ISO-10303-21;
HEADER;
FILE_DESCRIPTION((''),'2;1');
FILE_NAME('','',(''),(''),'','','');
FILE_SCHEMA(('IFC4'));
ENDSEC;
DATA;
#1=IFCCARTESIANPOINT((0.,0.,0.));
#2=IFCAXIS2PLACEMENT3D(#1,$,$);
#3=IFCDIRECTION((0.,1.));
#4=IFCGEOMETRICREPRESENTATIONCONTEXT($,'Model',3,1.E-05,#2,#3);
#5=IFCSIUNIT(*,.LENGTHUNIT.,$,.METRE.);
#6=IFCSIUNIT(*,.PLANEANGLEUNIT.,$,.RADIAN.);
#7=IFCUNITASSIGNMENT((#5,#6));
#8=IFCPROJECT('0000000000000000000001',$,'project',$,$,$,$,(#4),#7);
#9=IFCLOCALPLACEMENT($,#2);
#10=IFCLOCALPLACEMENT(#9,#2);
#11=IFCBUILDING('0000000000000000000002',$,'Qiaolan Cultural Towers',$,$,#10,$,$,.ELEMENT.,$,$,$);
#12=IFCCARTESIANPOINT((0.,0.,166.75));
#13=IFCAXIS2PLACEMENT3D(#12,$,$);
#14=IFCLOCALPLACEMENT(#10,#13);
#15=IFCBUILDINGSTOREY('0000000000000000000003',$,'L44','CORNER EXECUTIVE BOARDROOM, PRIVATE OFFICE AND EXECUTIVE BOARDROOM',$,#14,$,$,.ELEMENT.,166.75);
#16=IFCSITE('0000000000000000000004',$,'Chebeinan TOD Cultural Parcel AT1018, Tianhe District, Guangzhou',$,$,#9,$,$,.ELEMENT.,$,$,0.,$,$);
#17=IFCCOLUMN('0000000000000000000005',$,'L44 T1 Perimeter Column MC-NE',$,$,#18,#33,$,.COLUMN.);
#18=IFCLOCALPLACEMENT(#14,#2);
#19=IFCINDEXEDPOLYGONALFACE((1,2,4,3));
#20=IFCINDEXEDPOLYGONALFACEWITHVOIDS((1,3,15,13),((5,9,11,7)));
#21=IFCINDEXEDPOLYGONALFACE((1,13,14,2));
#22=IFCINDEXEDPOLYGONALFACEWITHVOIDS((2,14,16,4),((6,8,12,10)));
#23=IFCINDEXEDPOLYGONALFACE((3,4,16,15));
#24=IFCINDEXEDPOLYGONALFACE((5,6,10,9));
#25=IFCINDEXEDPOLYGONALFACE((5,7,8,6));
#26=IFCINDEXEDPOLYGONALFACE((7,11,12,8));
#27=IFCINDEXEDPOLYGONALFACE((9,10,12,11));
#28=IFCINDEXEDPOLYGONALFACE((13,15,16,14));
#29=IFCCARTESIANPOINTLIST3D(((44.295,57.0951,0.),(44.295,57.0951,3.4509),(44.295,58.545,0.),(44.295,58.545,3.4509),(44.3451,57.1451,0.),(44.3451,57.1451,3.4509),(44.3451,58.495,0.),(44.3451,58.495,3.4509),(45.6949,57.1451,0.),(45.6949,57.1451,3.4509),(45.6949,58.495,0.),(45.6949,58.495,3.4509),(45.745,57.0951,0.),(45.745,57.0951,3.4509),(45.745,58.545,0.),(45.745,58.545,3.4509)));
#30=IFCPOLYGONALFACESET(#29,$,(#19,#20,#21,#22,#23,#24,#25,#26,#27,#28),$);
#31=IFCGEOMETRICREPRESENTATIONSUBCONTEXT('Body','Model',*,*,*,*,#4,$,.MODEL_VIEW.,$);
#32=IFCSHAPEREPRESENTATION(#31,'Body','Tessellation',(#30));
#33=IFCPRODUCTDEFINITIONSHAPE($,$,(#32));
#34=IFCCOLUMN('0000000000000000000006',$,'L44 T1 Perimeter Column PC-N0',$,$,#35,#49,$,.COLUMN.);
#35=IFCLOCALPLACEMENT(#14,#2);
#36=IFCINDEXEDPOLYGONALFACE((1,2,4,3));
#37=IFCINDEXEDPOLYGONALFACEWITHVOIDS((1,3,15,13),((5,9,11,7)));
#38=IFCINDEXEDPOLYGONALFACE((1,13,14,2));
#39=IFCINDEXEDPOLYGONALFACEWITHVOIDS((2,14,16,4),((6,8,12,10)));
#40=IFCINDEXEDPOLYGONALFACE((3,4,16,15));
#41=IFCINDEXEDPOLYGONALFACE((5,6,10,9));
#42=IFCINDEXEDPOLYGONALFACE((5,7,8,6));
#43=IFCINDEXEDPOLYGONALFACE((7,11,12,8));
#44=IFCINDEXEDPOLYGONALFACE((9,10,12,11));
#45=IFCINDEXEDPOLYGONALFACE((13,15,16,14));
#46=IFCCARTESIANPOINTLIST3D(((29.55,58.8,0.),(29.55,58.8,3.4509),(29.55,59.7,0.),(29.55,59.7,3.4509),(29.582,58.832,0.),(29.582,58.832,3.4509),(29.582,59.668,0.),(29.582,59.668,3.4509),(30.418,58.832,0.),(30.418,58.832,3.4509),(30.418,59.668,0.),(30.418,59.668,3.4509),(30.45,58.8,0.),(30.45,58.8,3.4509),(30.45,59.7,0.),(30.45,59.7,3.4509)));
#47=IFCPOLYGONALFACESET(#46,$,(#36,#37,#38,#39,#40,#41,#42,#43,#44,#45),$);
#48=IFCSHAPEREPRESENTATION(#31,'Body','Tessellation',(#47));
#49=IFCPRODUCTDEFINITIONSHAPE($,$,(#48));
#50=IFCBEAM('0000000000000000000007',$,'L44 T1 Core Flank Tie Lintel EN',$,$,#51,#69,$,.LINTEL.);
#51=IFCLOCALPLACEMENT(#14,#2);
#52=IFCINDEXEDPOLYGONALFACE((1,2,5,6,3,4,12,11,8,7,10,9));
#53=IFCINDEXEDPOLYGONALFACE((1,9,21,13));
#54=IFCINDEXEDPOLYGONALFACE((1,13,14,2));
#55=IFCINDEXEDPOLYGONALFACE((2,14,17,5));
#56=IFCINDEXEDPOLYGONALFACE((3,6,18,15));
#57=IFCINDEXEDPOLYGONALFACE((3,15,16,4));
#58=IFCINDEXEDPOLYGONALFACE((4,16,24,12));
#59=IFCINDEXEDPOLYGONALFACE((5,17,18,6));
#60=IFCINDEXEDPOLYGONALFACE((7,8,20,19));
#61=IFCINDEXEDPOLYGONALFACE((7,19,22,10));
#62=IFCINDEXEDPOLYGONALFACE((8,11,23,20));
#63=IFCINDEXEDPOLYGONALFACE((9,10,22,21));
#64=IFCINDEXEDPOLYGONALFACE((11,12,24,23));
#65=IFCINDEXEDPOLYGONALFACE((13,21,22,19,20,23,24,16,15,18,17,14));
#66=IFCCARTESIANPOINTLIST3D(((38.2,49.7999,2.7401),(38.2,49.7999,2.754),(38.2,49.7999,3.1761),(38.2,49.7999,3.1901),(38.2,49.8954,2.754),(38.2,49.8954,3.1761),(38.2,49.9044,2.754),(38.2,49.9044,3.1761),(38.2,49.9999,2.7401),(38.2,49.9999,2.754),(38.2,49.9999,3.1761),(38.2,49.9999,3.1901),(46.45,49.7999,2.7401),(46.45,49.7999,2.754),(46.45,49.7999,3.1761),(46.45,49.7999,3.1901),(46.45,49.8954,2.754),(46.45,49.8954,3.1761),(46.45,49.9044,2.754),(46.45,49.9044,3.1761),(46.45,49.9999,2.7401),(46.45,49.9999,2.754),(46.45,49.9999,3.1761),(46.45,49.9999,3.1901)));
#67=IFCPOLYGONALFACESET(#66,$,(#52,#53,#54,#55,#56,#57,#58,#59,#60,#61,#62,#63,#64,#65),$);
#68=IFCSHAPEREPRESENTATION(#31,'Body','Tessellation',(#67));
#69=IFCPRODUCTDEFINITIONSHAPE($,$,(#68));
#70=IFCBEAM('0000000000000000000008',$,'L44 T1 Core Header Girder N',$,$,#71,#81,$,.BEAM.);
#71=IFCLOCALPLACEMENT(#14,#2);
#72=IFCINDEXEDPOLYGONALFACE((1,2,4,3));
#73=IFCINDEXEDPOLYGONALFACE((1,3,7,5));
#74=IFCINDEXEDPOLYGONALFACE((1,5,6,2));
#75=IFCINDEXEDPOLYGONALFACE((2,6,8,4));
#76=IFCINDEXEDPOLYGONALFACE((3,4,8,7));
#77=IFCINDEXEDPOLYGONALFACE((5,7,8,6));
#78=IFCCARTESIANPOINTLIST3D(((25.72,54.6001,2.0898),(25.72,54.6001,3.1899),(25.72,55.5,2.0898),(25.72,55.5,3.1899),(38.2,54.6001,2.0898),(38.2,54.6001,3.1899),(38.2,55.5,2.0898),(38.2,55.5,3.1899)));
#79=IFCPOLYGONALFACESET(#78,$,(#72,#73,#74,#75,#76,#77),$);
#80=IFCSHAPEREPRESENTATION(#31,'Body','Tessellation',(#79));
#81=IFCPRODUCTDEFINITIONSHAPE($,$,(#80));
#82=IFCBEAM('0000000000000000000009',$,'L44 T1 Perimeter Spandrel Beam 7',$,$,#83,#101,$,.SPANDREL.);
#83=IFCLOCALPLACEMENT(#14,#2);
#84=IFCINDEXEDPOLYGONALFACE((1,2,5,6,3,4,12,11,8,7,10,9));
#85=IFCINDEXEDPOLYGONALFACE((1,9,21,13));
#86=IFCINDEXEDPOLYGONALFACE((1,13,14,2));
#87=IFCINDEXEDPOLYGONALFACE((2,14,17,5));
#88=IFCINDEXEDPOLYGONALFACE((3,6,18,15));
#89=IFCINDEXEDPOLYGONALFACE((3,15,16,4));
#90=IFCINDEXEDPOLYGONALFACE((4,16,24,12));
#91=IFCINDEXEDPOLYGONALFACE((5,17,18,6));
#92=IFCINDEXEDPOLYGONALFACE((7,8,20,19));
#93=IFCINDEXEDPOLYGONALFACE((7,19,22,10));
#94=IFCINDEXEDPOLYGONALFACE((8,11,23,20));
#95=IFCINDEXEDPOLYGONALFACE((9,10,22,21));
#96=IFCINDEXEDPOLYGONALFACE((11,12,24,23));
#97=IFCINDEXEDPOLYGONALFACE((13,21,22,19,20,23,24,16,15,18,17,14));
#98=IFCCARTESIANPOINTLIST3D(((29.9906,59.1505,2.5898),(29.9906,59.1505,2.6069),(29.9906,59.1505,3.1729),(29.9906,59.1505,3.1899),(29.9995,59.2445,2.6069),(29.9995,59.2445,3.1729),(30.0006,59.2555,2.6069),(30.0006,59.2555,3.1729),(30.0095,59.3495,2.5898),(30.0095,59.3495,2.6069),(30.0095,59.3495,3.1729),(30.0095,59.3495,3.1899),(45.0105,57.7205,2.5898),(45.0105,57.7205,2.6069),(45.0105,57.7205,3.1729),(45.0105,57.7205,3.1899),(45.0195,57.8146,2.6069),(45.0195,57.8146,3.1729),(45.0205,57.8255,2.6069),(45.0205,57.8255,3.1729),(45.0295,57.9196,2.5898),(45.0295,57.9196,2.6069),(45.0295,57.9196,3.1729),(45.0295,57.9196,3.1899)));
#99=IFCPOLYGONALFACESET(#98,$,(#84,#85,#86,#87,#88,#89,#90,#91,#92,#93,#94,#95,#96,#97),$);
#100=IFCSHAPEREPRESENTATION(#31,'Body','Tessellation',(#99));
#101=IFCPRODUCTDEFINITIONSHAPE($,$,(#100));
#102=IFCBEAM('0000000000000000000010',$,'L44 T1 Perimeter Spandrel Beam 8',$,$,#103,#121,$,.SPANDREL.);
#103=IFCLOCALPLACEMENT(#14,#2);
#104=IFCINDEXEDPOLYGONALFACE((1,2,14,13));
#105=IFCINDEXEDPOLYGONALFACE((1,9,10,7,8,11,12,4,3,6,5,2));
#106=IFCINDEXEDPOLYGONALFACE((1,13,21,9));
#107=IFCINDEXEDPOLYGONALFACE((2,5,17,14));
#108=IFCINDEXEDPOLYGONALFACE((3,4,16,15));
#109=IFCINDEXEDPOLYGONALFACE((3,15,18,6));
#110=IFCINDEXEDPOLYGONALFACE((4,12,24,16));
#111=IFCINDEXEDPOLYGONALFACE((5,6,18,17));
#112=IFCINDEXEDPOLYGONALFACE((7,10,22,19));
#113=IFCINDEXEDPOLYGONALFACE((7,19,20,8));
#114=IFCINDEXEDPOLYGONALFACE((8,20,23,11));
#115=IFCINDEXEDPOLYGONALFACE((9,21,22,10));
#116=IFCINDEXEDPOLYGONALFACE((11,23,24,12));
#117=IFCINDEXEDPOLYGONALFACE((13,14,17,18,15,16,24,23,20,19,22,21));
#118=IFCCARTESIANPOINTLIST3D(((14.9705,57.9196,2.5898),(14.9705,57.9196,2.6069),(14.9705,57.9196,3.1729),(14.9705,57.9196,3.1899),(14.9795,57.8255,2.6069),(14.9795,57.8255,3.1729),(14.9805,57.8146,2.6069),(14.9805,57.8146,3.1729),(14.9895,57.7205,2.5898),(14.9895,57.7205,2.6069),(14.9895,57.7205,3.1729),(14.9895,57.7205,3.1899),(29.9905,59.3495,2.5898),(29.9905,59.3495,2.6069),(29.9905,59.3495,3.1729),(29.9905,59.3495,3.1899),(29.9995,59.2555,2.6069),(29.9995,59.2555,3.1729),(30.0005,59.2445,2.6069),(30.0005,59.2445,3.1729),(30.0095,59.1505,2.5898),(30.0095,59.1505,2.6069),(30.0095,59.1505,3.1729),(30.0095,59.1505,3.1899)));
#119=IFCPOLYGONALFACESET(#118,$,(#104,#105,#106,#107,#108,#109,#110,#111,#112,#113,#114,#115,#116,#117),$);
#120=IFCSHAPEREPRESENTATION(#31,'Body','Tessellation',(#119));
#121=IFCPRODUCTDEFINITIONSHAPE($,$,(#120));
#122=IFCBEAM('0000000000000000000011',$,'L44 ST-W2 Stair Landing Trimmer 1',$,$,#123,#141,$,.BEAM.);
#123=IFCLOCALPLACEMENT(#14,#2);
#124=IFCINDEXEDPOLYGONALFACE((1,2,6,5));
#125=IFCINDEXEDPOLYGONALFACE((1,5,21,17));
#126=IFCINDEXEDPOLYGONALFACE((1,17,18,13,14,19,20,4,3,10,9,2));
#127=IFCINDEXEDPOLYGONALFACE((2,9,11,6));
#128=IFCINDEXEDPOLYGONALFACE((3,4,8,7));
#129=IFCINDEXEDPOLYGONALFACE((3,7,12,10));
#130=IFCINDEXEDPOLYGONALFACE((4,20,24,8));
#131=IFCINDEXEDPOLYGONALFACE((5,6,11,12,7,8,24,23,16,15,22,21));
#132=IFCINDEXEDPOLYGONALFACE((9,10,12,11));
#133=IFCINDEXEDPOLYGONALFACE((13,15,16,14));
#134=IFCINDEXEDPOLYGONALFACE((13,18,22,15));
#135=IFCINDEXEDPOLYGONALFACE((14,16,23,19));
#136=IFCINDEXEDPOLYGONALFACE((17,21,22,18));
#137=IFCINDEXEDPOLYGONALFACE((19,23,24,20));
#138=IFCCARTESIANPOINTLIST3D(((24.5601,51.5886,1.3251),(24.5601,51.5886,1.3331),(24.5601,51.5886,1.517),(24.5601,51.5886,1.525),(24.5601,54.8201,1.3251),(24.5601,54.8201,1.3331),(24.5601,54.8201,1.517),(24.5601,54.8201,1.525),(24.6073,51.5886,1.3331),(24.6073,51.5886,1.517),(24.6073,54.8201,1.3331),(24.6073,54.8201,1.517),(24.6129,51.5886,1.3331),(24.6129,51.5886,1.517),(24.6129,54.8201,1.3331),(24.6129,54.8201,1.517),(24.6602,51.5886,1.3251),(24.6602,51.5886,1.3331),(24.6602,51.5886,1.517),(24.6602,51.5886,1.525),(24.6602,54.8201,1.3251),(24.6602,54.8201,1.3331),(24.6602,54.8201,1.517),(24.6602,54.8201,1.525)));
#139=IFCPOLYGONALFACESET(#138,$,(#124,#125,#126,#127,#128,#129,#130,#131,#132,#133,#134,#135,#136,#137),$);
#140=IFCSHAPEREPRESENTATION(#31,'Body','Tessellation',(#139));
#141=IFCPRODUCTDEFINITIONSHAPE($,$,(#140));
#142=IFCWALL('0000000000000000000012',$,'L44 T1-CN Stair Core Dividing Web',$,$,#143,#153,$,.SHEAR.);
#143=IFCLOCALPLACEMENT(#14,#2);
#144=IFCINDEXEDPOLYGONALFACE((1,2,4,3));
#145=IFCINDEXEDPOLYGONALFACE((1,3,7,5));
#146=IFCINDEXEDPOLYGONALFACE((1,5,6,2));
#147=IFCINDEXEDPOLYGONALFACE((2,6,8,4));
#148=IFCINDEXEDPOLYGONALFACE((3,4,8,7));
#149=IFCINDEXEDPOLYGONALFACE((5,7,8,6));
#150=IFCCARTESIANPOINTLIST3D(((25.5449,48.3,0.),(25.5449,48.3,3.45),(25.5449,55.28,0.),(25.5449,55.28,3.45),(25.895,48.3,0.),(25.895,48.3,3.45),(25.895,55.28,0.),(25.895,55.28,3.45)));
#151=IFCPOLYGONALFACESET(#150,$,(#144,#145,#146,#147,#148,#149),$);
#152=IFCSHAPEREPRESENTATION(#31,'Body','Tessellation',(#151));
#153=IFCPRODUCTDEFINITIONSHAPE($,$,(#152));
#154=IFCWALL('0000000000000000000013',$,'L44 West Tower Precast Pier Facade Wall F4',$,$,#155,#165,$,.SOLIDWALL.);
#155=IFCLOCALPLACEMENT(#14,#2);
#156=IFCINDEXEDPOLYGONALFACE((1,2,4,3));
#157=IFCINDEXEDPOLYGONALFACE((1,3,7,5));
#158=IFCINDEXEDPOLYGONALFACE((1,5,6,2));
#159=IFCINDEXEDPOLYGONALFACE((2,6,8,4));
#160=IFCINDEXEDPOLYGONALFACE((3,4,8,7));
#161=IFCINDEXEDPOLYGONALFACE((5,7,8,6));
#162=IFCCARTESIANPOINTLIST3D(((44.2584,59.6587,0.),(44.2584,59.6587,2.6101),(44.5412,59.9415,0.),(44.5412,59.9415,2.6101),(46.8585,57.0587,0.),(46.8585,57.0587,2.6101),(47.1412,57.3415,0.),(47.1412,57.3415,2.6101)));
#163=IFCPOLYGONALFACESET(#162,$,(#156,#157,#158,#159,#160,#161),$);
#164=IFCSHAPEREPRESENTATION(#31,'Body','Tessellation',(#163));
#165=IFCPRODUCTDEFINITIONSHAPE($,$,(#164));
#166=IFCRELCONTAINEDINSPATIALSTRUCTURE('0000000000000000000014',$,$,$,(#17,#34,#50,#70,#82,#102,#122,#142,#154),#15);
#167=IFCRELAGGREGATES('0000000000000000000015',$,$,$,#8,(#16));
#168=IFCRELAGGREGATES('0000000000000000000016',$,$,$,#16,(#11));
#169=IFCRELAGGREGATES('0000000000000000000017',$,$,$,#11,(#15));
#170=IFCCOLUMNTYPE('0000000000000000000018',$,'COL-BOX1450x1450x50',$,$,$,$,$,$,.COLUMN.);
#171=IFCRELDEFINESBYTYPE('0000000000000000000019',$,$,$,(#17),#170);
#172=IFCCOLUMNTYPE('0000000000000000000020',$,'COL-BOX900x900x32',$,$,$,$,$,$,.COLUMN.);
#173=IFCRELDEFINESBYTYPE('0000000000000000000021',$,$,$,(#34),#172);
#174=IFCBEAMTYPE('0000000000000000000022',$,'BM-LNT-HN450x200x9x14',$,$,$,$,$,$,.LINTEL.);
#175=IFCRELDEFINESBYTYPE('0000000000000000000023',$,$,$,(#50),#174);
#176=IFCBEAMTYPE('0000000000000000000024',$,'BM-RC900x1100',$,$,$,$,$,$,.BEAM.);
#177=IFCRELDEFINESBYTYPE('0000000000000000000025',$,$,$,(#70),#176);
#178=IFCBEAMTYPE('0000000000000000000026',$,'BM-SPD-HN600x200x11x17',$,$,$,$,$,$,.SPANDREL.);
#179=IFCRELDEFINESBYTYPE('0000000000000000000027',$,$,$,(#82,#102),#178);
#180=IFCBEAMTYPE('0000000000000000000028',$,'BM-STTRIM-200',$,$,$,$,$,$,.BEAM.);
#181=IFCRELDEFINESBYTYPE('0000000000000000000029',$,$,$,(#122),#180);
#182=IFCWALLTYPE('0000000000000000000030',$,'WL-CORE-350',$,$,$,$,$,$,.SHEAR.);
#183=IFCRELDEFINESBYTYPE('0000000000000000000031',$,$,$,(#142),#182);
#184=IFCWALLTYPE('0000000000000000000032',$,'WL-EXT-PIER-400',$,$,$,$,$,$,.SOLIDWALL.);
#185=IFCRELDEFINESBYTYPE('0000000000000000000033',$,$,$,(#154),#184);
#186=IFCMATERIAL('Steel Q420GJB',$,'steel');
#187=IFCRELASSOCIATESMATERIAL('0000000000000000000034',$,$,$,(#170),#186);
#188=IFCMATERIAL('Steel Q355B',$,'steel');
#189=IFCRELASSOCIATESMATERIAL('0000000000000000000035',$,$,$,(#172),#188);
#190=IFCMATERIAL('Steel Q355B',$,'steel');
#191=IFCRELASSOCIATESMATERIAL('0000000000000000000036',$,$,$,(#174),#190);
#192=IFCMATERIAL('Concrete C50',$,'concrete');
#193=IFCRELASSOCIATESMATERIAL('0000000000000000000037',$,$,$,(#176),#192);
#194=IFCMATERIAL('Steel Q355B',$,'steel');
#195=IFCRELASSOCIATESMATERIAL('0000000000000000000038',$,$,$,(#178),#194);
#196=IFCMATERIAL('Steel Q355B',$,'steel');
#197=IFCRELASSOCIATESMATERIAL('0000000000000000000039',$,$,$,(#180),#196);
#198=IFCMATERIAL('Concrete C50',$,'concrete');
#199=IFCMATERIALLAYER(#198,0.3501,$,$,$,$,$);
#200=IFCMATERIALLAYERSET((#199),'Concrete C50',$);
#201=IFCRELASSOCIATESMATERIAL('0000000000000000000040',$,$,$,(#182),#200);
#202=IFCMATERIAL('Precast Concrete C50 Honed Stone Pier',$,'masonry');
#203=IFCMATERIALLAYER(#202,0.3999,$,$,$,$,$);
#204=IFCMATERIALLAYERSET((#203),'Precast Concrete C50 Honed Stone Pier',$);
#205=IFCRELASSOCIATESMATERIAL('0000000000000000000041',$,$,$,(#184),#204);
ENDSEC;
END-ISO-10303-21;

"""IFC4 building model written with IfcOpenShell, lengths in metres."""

from ifc_helpers import new_model, si_unit, direction, frame, frame_2d, origin, origin_2d, place, context, subcontext, project, spatial, rectangle, hollow_rectangle, i_section, extrude, material, layer, layer_set, material_profile, profile_set, type_object, element, save


model = new_model("IFC4")

# Units and contexts
model_context = context("Model", 3, precision=1e-05, world=origin(), true_north=direction((0.0, 1.0)))
body_context = subcontext(model_context, "Body", "Model", "MODEL_VIEW")
ifc_project = project(units=[si_unit("LENGTHUNIT", "METRE"), si_unit("PLANEANGLEUNIT", "RADIAN")], contexts=[model_context])

# Site, building, storey
site_placement = place(None, origin())
site = spatial("IfcSite", under=ifc_project, at=site_placement, Name="Chebeinan TOD Cultural Parcel AT1018, Tianhe District, Guangzhou", CompositionType="ELEMENT", RefElevation=0.0)
building_placement = place(site_placement, origin())
building = spatial("IfcBuilding", under=site, at=building_placement, Name="Qiaolan Cultural Towers", CompositionType="ELEMENT")
storey_placement = place(building_placement, frame((0.0, 0.0, 166.75)))
storey = spatial("IfcBuildingStorey", under=building, at=storey_placement, Name="L44", Description="CORNER EXECUTIVE BOARDROOM, PRIVATE OFFICE AND EXECUTIVE BOARDROOM", CompositionType="ELEMENT", Elevation=166.75)

# Columns
ifc_material_1 = material(Name="Steel Q420GJB", Category="steel")
ifc_material_profile_1 = material_profile(ifc_material_1, hollow_rectangle(XDim=1.45, YDim=1.45, WallThickness=0.05, at=origin_2d()), Name="BOX1450x1450x50")
ifc_profile_set_1 = profile_set([ifc_material_profile_1], Name="Steel Q420GJB")
column_type_1 = type_object("IfcColumnType", Name="COL-BOX1450x1450x50", PredefinedType="COLUMN", material=ifc_profile_set_1)
column_1_placement = place(storey_placement, frame((45.02, 57.8201, 0.0), z_axis=(0.0, 0.0, 1.0), x_axis=(1.0, 0.0, 0.0)))
element("IfcColumn", 1, at=column_1_placement, inside=storey, type_object=column_type_1, Name="L44 T1 Perimeter Column MC-NE", PredefinedType="COLUMN", context=body_context, shape_type="SweptSolid", body=[
    extrude(hollow_rectangle(XDim=1.45, YDim=1.45, WallThickness=0.05, at=origin_2d()), origin(), (0.0, 0.0, 1.0), 3.4509),
])
ifc_material_2 = material(Name="Steel Q355B", Category="steel")
ifc_material_profile_2 = material_profile(ifc_material_2, hollow_rectangle(XDim=0.8999, YDim=0.8999, WallThickness=0.032, at=origin_2d()), Name="BOX900x900x32")
ifc_profile_set_2 = profile_set([ifc_material_profile_2], Name="Steel Q355B")
column_type_2 = type_object("IfcColumnType", Name="COL-BOX900x900x32", PredefinedType="COLUMN", material=ifc_profile_set_2)
column_2_placement = place(storey_placement, frame((30.0, 59.25, 0.0), z_axis=(0.0, 0.0, 1.0), x_axis=(1.0, 0.0, 0.0)))
element("IfcColumn", 2, at=column_2_placement, inside=storey, type_object=column_type_2, Name="L44 T1 Perimeter Column PC-N0", PredefinedType="COLUMN", context=body_context, shape_type="SweptSolid", body=[
    extrude(hollow_rectangle(XDim=0.8999, YDim=0.8999, WallThickness=0.032, at=origin_2d()), origin(), (0.0, 0.0, 1.0), 3.4509),
])

# Beams
ifc_material_3 = material(Name="Steel Q355B", Category="steel")
ifc_material_profile_3 = material_profile(ifc_material_3, i_section(OverallWidth=0.2, OverallDepth=0.45, WebThickness=0.009, FlangeThickness=0.0139, at=origin_2d()), Name="HN450x200x9x14")
ifc_profile_set_3 = profile_set([ifc_material_profile_3], Name="Steel Q355B")
beam_type_1 = type_object("IfcBeamType", Name="BM-LNT-HN450x200x9x14", PredefinedType="LINTEL", material=ifc_profile_set_3)
beam_1_placement = place(storey_placement, frame((38.2, 49.8999, 2.9651), z_axis=(1.0, 0.0, 0.0), x_axis=(0.0, 1.0, 0.0)))
element("IfcBeam", 3, at=beam_1_placement, inside=storey, type_object=beam_type_1, Name="L44 T1 Core Flank Tie Lintel EN", PredefinedType="LINTEL", context=body_context, shape_type="SweptSolid", body=[
    extrude(i_section(OverallWidth=0.2, OverallDepth=0.45, WebThickness=0.009, FlangeThickness=0.0139, at=origin_2d()), origin(), (0.0, 0.0, 1.0), 8.25),
])
ifc_material_4 = material(Name="Concrete C50", Category="concrete")
ifc_material_profile_4 = material_profile(ifc_material_4, rectangle(XDim=0.8999, YDim=1.1001, at=origin_2d()), Name="RC900x1100")
ifc_profile_set_4 = profile_set([ifc_material_profile_4], Name="Concrete C50")
beam_type_2 = type_object("IfcBeamType", Name="BM-RC900x1100", PredefinedType="BEAM", material=ifc_profile_set_4)
beam_2_placement = place(storey_placement, frame((25.72, 55.05, 2.6399), z_axis=(1.0, 0.0, 0.0), x_axis=(0.0, 1.0, 0.0)))
element("IfcBeam", 4, at=beam_2_placement, inside=storey, type_object=beam_type_2, Name="L44 T1 Core Header Girder N", PredefinedType="BEAM", context=body_context, shape_type="SweptSolid", body=[
    extrude(rectangle(XDim=0.8999, YDim=1.1001, at=origin_2d()), origin(), (0.0, 0.0, 1.0), 12.48),
])
ifc_material_5 = material(Name="Steel Q355B", Category="steel")
ifc_material_profile_5 = material_profile(ifc_material_5, i_section(OverallWidth=0.2, OverallDepth=0.6001, WebThickness=0.011, FlangeThickness=0.0171, at=origin_2d()), Name="HN600x200x11x17")
ifc_profile_set_5 = profile_set([ifc_material_profile_5], Name="Steel Q355B")
beam_type_3 = type_object("IfcBeamType", Name="BM-SPD-HN600x200x11x17", PredefinedType="SPANDREL", material=ifc_profile_set_5)
for number, where, z_axis, x_axis, name in (
    (5, (45.02, 57.8201, 2.8899), (-0.995499, 0.094773, 0.0), (-0.094773, -0.995499, 0.0), "L44 T1 Perimeter Spandrel Beam 7"),
    (6, (30.0, 59.25, 2.8899), (-0.995499, -0.094773, 0.0), (0.094773, -0.995499, 0.0), "L44 T1 Perimeter Spandrel Beam 8"),
):
    element("IfcBeam", number, at=place(storey_placement, frame(where, z_axis=z_axis, x_axis=x_axis)), inside=storey, type_object=beam_type_3, Name=name, PredefinedType="SPANDREL", context=body_context, shape_type="SweptSolid", body=[
        extrude(i_section(OverallWidth=0.2, OverallDepth=0.6001, WebThickness=0.011, FlangeThickness=0.0171, at=origin_2d()), origin(), (0.0, 0.0, 1.0), 15.0879),
    ])
ifc_material_6 = material(Name="Steel Q355B", Category="steel")
ifc_material_profile_6 = material_profile(ifc_material_6, i_section(OverallWidth=0.1001, OverallDepth=0.2, WebThickness=0.0056, FlangeThickness=0.0081, at=origin_2d()), Name="HN200x100x5.5x8")
ifc_profile_set_6 = profile_set([ifc_material_profile_6], Name="Steel Q355B")
beam_type_4 = type_object("IfcBeamType", Name="BM-STTRIM-200", PredefinedType="BEAM", material=ifc_profile_set_6)
beam_3_placement = place(storey_placement, frame((24.6101, 51.5886, 1.425), z_axis=(0.0, 1.0, 0.0), x_axis=(-1.0, 0.0, 0.0)))
element("IfcBeam", 7, at=beam_3_placement, inside=storey, type_object=beam_type_4, Name="L44 ST-W2 Stair Landing Trimmer 1", PredefinedType="BEAM", context=body_context, shape_type="SweptSolid", body=[
    extrude(i_section(OverallWidth=0.1001, OverallDepth=0.2, WebThickness=0.0056, FlangeThickness=0.0081, at=origin_2d()), origin(), (0.0, 0.0, 1.0), 3.2314),
])

# Walls
ifc_material_7 = material(Name="Concrete C50", Category="concrete")
ifc_layer_1 = layer(ifc_material_7, 0.3501)
ifc_layer_set_1 = layer_set([ifc_layer_1], Name="Concrete C50")
wall_type_1 = type_object("IfcWallType", Name="WL-CORE-350", PredefinedType="SHEAR", material=ifc_layer_set_1)
wall_1_placement = place(storey_placement, frame((25.72, 48.3, 0.0), z_axis=(0.0, 0.0, 1.0), x_axis=(0.0, 1.0, 0.0)))
element("IfcWall", 8, at=wall_1_placement, inside=storey, type_object=wall_type_1, Name="L44 T1-CN Stair Core Dividing Web", PredefinedType="SHEAR", context=body_context, shape_type="SweptSolid", body=[
    extrude(rectangle(XDim=6.98, YDim=0.3501, at=frame_2d((3.49, 0.0))), origin(), (0.0, 0.0, 1.0), 3.45),
])
ifc_material_8 = material(Name="Precast Concrete C50 Honed Stone Pier", Category="masonry")
ifc_layer_2 = layer(ifc_material_8, 0.3999)
ifc_layer_set_2 = layer_set([ifc_layer_2], Name="Precast Concrete C50 Honed Stone Pier")
wall_type_2 = type_object("IfcWallType", Name="WL-EXT-PIER-400", PredefinedType="SOLIDWALL", material=ifc_layer_set_2)
wall_2_placement = place(storey_placement, frame((44.3999, 59.8, 0.0), z_axis=(0.0, 0.0, 1.0), x_axis=(0.707107, -0.707107, 0.0)))
element("IfcWall", 9, at=wall_2_placement, inside=storey, type_object=wall_type_2, Name="L44 West Tower Precast Pier Facade Wall F4", PredefinedType="SOLIDWALL", context=body_context, shape_type="SweptSolid", body=[
    extrude(rectangle(XDim=3.677, YDim=0.3999, at=frame_2d((1.8384, 0.0))), origin(), (0.0, 0.0, 1.0), 2.6101),
])

save(model, "model.ifc")
